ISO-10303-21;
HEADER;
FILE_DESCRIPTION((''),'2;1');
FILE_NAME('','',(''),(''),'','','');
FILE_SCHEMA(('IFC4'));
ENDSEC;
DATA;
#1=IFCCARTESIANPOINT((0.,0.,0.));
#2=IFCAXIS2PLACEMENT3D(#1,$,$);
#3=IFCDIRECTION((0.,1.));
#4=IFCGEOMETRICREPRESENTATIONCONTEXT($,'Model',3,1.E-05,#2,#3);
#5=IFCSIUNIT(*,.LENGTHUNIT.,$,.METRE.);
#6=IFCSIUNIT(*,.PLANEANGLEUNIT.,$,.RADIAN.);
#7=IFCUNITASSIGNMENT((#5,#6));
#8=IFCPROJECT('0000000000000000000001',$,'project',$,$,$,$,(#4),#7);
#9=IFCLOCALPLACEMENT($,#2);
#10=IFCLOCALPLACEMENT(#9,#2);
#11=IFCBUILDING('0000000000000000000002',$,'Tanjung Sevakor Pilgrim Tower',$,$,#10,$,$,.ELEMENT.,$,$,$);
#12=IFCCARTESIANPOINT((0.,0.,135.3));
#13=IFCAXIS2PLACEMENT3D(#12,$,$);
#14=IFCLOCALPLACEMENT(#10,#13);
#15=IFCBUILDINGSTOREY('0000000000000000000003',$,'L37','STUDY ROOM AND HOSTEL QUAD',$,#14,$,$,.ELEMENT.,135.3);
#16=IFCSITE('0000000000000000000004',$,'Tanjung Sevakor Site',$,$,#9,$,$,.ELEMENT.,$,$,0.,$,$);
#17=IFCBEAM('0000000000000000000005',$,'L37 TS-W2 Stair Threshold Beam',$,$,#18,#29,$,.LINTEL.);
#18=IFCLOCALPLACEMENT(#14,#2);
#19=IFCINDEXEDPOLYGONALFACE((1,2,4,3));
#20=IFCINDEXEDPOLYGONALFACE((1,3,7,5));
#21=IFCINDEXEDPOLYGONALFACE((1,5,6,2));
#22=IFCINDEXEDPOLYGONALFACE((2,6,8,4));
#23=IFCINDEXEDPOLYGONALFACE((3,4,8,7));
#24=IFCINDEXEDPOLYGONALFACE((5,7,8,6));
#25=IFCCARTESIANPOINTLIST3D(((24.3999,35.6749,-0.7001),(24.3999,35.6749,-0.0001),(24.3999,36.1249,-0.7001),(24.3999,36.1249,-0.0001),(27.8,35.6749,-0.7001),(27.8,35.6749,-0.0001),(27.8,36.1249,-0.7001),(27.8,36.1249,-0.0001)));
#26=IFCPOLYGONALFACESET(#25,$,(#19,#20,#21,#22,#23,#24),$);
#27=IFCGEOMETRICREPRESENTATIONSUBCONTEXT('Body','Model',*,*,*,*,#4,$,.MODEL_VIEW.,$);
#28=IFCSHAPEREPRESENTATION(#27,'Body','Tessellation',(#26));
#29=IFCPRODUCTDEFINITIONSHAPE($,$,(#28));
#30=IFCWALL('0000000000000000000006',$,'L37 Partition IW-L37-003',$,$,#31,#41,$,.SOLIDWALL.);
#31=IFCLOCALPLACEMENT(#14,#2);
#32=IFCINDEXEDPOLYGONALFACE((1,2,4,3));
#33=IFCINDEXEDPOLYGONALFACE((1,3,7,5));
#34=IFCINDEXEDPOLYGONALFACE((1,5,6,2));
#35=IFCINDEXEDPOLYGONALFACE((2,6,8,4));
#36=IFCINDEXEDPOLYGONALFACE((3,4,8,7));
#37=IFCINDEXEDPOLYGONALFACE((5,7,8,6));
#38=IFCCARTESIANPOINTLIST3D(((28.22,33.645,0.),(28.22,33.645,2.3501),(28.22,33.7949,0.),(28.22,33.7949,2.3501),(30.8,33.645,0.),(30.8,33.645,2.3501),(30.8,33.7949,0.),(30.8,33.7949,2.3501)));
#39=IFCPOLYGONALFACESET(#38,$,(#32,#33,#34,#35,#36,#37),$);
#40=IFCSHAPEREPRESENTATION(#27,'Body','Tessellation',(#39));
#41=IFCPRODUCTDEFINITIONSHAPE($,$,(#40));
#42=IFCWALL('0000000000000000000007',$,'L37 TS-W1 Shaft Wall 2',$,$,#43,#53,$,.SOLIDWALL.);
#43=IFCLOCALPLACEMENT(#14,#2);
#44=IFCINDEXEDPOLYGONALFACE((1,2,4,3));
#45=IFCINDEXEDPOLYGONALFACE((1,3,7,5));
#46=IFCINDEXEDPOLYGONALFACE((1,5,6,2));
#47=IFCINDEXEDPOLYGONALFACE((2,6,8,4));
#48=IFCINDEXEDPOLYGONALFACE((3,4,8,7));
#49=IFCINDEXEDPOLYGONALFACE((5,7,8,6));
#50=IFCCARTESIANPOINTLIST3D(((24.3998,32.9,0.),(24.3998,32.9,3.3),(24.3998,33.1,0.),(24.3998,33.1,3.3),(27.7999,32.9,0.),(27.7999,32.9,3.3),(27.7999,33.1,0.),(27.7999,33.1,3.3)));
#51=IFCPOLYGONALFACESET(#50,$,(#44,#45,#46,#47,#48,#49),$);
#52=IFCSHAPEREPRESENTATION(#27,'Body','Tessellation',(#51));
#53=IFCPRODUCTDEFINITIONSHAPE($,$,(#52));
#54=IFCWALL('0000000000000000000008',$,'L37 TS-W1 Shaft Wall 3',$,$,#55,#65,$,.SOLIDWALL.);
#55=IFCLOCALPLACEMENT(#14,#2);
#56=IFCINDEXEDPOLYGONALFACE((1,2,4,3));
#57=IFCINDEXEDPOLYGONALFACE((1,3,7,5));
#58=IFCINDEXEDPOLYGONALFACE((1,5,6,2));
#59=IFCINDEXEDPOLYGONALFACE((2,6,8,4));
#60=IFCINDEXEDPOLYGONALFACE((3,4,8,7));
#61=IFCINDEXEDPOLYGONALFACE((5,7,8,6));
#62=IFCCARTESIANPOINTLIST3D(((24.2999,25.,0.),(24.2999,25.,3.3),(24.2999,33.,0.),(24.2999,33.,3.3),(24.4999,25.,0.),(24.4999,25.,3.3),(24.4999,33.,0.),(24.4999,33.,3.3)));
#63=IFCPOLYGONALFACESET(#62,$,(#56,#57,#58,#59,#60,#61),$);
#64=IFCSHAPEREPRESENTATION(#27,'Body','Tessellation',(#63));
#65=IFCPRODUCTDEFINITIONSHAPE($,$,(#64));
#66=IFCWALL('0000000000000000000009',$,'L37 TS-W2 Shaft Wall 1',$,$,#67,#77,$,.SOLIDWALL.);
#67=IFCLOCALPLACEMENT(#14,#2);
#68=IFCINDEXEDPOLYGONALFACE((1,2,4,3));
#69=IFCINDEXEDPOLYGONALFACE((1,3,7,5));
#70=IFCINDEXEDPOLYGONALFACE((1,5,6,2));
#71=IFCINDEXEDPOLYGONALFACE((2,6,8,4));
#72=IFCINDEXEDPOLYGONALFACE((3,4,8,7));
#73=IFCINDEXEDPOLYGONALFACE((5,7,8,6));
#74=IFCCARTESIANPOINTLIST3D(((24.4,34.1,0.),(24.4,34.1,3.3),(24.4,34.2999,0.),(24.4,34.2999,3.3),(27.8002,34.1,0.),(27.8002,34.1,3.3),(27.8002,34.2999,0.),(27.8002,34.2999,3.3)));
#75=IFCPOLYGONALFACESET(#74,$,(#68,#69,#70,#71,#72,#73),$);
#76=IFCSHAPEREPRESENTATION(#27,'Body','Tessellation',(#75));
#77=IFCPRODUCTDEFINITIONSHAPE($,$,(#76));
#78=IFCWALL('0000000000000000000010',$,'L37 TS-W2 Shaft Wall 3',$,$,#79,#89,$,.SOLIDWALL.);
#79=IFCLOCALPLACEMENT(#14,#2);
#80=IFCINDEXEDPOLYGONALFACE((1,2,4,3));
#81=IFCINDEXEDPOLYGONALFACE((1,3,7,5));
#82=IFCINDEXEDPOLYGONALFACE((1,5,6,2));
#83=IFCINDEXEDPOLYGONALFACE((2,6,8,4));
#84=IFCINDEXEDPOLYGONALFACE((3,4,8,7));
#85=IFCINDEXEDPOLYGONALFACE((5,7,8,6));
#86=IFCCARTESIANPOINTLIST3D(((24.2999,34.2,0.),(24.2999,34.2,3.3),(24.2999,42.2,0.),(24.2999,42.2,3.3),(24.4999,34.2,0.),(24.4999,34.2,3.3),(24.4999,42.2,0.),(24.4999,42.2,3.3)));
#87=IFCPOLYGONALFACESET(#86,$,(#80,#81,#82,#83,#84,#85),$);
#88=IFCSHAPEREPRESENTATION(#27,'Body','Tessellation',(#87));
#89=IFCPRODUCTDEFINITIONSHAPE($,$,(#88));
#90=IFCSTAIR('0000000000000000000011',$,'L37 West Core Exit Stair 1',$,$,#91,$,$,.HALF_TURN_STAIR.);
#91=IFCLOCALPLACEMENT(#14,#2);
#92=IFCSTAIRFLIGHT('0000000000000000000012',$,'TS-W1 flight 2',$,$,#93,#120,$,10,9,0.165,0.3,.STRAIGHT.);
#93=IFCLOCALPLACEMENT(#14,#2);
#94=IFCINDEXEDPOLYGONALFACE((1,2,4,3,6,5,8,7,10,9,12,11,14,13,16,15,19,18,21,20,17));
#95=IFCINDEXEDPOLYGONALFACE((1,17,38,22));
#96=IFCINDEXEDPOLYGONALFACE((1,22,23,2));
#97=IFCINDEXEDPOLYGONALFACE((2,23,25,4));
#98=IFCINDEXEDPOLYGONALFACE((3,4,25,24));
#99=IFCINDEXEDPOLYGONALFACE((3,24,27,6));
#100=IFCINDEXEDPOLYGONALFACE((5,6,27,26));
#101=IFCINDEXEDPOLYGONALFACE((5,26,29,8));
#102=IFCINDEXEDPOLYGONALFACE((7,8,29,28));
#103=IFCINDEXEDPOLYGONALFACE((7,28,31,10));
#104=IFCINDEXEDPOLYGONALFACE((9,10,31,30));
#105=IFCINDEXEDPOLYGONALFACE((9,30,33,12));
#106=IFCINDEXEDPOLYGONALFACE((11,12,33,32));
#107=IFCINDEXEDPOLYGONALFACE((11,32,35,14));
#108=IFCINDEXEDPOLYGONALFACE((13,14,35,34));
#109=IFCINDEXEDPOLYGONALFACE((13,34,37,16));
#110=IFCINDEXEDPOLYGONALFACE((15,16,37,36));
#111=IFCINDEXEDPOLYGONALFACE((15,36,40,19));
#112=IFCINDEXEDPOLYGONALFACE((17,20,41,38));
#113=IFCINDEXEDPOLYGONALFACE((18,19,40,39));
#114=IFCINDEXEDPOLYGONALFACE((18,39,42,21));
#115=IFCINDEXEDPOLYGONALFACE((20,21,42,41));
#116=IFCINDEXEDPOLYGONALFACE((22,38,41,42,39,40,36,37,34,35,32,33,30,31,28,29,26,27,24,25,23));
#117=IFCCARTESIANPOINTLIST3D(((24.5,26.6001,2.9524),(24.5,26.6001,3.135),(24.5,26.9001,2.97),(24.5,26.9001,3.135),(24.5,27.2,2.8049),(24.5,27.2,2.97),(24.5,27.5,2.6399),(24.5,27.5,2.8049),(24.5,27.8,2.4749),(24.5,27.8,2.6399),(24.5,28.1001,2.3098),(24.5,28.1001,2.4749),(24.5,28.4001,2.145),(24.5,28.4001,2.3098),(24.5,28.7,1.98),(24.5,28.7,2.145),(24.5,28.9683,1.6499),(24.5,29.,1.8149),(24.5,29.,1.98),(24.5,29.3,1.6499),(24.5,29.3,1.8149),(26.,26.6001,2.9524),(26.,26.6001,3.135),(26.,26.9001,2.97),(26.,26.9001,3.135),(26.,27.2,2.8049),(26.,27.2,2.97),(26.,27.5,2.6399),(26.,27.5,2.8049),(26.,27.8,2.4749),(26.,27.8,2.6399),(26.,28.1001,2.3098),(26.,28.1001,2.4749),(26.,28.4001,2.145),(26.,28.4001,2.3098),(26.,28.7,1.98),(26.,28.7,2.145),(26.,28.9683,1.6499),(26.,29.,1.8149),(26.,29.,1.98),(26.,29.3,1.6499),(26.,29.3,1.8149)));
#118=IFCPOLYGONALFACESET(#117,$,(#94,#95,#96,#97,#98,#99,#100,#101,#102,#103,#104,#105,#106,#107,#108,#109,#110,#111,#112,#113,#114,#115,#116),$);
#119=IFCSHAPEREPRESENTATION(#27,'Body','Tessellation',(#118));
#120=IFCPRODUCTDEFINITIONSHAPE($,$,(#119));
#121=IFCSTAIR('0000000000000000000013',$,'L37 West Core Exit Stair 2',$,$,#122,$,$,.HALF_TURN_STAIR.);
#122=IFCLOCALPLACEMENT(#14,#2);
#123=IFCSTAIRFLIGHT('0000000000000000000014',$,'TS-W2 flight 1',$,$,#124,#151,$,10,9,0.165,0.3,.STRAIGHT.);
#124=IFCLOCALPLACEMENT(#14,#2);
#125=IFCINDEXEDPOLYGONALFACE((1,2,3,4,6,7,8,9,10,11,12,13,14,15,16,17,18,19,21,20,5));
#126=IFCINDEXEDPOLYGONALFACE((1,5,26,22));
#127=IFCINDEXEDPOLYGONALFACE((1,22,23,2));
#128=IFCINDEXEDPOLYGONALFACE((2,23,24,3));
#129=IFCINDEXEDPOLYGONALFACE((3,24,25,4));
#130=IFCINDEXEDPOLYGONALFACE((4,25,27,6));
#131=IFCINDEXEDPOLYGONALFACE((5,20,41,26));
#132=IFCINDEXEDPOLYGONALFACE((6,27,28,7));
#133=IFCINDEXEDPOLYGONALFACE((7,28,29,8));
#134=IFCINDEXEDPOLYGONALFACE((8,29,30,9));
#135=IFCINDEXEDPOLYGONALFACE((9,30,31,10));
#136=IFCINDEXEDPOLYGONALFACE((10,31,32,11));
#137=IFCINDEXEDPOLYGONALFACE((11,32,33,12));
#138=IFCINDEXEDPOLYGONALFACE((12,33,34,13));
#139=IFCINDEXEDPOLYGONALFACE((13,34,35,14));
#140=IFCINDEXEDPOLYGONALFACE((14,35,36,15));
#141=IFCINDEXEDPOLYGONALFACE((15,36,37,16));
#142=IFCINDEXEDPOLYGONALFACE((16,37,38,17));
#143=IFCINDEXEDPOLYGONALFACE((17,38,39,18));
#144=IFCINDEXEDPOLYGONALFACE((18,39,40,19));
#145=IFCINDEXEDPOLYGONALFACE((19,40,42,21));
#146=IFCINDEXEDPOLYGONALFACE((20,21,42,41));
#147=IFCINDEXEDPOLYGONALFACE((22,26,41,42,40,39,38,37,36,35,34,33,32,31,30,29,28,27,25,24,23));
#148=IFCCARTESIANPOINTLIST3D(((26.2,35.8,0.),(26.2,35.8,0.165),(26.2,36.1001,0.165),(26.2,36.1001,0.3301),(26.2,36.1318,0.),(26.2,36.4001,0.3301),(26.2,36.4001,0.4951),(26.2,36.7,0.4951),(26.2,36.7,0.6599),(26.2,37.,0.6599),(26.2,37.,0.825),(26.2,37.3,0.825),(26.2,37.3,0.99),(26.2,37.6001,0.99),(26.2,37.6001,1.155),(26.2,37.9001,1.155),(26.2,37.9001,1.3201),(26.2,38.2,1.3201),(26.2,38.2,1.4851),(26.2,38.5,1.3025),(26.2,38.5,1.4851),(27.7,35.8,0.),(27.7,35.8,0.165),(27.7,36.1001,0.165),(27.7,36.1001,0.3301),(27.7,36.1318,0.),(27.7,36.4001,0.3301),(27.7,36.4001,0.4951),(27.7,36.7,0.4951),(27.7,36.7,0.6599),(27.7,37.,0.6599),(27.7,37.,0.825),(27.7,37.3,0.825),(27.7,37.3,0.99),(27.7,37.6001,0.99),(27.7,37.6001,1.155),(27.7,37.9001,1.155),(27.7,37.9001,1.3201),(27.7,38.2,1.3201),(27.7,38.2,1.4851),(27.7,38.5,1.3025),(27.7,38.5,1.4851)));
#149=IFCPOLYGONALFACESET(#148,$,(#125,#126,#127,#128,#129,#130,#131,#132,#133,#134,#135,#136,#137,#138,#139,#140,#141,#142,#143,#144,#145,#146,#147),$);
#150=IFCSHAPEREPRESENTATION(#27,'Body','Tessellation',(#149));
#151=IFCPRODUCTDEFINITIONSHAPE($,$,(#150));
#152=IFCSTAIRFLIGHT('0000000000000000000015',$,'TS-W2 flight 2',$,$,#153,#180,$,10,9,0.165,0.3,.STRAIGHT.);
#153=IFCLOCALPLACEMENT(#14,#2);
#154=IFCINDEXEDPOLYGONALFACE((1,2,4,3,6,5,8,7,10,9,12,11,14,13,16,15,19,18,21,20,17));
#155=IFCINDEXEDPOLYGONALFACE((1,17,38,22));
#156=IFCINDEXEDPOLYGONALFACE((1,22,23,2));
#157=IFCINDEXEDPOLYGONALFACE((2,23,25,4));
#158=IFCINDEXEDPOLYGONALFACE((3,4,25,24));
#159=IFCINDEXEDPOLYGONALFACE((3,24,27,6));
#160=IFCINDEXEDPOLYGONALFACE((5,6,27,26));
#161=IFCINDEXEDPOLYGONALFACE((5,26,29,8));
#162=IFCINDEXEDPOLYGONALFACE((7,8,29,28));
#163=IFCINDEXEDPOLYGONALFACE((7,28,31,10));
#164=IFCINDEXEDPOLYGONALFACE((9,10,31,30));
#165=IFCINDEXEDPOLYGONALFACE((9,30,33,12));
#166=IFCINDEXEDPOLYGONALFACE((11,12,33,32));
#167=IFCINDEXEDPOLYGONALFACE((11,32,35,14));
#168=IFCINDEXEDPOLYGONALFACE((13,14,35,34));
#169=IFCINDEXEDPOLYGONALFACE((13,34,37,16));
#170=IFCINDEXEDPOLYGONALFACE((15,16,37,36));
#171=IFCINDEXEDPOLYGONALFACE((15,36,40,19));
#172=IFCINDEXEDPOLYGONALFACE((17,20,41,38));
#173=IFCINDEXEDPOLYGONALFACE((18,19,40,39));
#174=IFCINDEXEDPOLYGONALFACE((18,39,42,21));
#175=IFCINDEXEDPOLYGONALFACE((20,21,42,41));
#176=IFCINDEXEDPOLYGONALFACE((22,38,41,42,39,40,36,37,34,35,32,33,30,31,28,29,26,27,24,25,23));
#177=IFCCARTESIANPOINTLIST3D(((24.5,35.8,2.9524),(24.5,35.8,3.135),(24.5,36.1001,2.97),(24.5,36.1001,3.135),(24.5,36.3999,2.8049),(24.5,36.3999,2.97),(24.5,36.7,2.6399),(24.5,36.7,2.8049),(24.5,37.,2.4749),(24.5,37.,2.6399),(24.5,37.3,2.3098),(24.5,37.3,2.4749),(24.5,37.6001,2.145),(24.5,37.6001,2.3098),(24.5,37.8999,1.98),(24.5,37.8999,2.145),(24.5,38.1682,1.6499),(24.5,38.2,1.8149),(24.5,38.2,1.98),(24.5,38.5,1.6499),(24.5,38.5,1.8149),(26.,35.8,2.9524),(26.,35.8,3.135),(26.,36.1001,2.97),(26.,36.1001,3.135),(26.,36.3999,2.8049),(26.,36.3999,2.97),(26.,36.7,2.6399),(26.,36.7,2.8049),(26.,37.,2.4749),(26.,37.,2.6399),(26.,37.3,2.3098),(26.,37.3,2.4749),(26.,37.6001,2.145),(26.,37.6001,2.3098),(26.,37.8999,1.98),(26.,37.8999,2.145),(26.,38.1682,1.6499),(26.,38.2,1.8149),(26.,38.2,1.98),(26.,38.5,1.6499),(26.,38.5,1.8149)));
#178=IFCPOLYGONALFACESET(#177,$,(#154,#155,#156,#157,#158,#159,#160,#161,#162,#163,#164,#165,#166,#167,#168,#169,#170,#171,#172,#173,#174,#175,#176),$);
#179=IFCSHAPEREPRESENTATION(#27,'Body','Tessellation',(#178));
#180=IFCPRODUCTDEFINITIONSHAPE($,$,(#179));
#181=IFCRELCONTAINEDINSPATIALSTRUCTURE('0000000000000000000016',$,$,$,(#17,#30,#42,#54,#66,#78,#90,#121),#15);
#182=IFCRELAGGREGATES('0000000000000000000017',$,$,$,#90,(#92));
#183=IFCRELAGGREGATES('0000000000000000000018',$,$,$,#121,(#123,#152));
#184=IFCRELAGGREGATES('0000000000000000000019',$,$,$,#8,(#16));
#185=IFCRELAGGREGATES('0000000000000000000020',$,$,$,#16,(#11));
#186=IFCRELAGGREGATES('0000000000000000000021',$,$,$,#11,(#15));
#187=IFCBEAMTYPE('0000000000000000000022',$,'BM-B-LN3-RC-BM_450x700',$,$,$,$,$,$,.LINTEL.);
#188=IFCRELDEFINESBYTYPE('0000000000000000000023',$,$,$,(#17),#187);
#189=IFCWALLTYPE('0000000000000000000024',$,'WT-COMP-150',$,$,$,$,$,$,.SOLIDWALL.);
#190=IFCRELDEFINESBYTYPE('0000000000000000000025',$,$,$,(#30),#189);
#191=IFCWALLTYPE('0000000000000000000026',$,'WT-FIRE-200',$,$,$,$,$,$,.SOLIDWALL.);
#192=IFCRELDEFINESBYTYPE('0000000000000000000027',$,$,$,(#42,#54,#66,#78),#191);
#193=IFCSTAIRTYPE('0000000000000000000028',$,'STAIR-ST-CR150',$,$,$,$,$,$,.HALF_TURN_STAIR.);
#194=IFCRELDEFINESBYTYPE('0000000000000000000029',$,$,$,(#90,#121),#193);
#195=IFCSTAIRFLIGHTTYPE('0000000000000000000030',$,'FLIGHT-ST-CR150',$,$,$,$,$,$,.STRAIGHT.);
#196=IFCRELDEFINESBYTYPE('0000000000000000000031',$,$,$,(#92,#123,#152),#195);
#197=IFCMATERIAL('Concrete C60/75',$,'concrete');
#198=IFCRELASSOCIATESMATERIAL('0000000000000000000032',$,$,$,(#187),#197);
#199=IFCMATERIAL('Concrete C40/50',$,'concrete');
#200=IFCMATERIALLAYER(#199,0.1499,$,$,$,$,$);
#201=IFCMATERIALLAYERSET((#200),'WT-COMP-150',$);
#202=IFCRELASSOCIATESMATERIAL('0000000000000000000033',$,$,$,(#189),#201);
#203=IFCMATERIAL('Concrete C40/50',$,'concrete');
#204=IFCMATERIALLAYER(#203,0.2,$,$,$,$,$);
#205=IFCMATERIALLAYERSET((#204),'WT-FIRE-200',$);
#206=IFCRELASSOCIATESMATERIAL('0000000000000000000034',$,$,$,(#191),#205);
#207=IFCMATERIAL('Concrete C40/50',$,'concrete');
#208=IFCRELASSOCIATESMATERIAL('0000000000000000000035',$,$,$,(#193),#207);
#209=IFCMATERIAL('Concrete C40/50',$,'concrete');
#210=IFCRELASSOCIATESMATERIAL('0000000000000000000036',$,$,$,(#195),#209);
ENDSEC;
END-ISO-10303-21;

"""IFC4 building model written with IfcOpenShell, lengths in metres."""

from ifc_helpers import new_model, si_unit, direction, frame, frame_2d, origin, origin_2d, place, context, subcontext, project, spatial, polyline, rectangle, outline, extrude, material, layer, layer_set, material_profile, profile_set, type_object, element, aggregate, save


model = new_model("IFC4")

# Units and contexts
model_context = context("Model", 3, precision=1e-05, world=origin(), true_north=direction((0.0, 1.0)))
body_context = subcontext(model_context, "Body", "Model", "MODEL_VIEW")
ifc_project = project(units=[si_unit("LENGTHUNIT", "METRE"), si_unit("PLANEANGLEUNIT", "RADIAN")], contexts=[model_context])

# Site, building, storey
site_placement = place(None, origin())
site = spatial("IfcSite", under=ifc_project, at=site_placement, Name="Tanjung Sevakor Site", CompositionType="ELEMENT", RefElevation=0.0)
building_placement = place(site_placement, origin())
building = spatial("IfcBuilding", under=site, at=building_placement, Name="Tanjung Sevakor Pilgrim Tower", CompositionType="ELEMENT")
storey_placement = place(building_placement, frame((0.0, 0.0, 135.3)))
storey = spatial("IfcBuildingStorey", under=building, at=storey_placement, Name="L37", Description="STUDY ROOM AND HOSTEL QUAD", CompositionType="ELEMENT", Elevation=135.3)

# Beam
ifc_material_1 = material(Name="Concrete C60/75", Category="concrete")
ifc_material_profile = material_profile(ifc_material_1, rectangle(XDim=0.45, YDim=0.7, at=origin_2d()))
ifc_profile_set = profile_set([ifc_material_profile], Name="Concrete C60/75")
beam_type = type_object("IfcBeamType", Name="BM-B-LN3-RC-BM_450x700", PredefinedType="LINTEL", material=ifc_profile_set)
beam_placement = place(storey_placement, frame((24.3999, 35.8999, -0.3501), z_axis=(1.0, 0.0, 0.0), x_axis=(0.0, 1.0, 0.0)))
element("IfcBeam", 1, at=beam_placement, inside=storey, type_object=beam_type, Name="L37 TS-W2 Stair Threshold Beam", PredefinedType="LINTEL", context=body_context, shape_type="SweptSolid", body=[
    extrude(rectangle(XDim=0.45, YDim=0.7, at=origin_2d()), origin(), (0.0, 0.0, 1.0), 3.4001),
])

# Wall
ifc_material_2 = material(Name="Concrete C40/50", Category="concrete")
ifc_layer_1 = layer(ifc_material_2, 0.1499)
ifc_layer_set_1 = layer_set([ifc_layer_1], Name="WT-COMP-150")
wall_type_1 = type_object("IfcWallType", Name="WT-COMP-150", PredefinedType="SOLIDWALL", material=ifc_layer_set_1)
wall_1_placement = place(storey_placement, frame((28.22, 33.72, 0.0), z_axis=(0.0, 0.0, 1.0), x_axis=(1.0, 0.0, 0.0)))
element("IfcWall", 2, at=wall_1_placement, inside=storey, type_object=wall_type_1, Name="L37 Partition IW-L37-003", PredefinedType="SOLIDWALL", context=body_context, shape_type="SweptSolid", body=[
    extrude(rectangle(XDim=2.5801, YDim=0.1499, at=frame_2d((1.29, 0.0))), origin(), (0.0, 0.0, 1.0), 2.3501),
])

# Walls
ifc_material_3 = material(Name="Concrete C40/50", Category="concrete")
ifc_layer_2 = layer(ifc_material_3, 0.2)
ifc_layer_set_2 = layer_set([ifc_layer_2], Name="WT-FIRE-200")
wall_type_2 = type_object("IfcWallType", Name="WT-FIRE-200", PredefinedType="SOLIDWALL", material=ifc_layer_set_2)
wall_2_placement = place(storey_placement, frame((27.8, 33.0, 0.0), z_axis=(0.0, 0.0, 1.0), x_axis=(-1.0, 0.0, 0.0)))
element("IfcWall", 3, at=wall_2_placement, inside=storey, type_object=wall_type_2, Name="L37 TS-W1 Shaft Wall 2", PredefinedType="SOLIDWALL", context=body_context, shape_type="SweptSolid", body=[
    extrude(rectangle(XDim=3.4001, YDim=0.2, at=frame_2d((1.7002, 0.0))), origin(), (0.0, 0.0, 1.0), 3.3),
])
wall_3_placement = place(storey_placement, frame((24.3999, 33.0, 0.0), z_axis=(0.0, 0.0, 1.0), x_axis=(0.0, -1.0, 0.0)))
element("IfcWall", 4, at=wall_3_placement, inside=storey, type_object=wall_type_2, Name="L37 TS-W1 Shaft Wall 3", PredefinedType="SOLIDWALL", context=body_context, shape_type="SweptSolid", body=[
    extrude(rectangle(XDim=8.0, YDim=0.2, at=frame_2d((4.0, 0.0))), origin(), (0.0, 0.0, 1.0), 3.3),
])
wall_4_placement = place(storey_placement, frame((24.3999, 34.2, 0.0), z_axis=(0.0, 0.0, 1.0), x_axis=(1.0, 0.0, 0.0)))
element("IfcWall", 5, at=wall_4_placement, inside=storey, type_object=wall_type_2, Name="L37 TS-W2 Shaft Wall 1", PredefinedType="SOLIDWALL", context=body_context, shape_type="SweptSolid", body=[
    extrude(rectangle(XDim=3.4001, YDim=0.2, at=frame_2d((1.7002, 0.0))), origin(), (0.0, 0.0, 1.0), 3.3),
])
wall_5_placement = place(storey_placement, frame((24.3999, 42.2, 0.0), z_axis=(0.0, 0.0, 1.0), x_axis=(0.0, -1.0, 0.0)))
element("IfcWall", 6, at=wall_5_placement, inside=storey, type_object=wall_type_2, Name="L37 TS-W2 Shaft Wall 3", PredefinedType="SOLIDWALL", context=body_context, shape_type="SweptSolid", body=[
    extrude(rectangle(XDim=8.0, YDim=0.2, at=frame_2d((4.0, 0.0))), origin(), (0.0, 0.0, 1.0), 3.3),
])

# Stair, stair flight
ifc_material_4 = material(Name="Concrete C40/50", Category="concrete")
stair_type = type_object("IfcStairType", Name="STAIR-ST-CR150", PredefinedType="HALF_TURN_STAIR", material=ifc_material_4)
stair_1_placement = place(storey_placement, origin())
stair_1 = element("IfcStair", 7, at=stair_1_placement, inside=storey, type_object=stair_type, Name="L37 West Core Exit Stair 1", PredefinedType="HALF_TURN_STAIR")
ifc_material_5 = material(Name="Concrete C40/50", Category="concrete")
stair_flight_type = type_object("IfcStairFlightType", Name="FLIGHT-ST-CR150", PredefinedType="STRAIGHT", material=ifc_material_5)
stair_flight_1_placement = place(storey_placement, frame((25.25, 29.3, 1.6499), z_axis=(0.0, 0.0, 1.0), x_axis=(0.0, -1.0, 0.0)))
stair_flight_1 = element("IfcStairFlight", 8, at=stair_flight_1_placement, type_object=stair_flight_type, Name="TS-W1 flight 2", NumberOfRisers=10, NumberOfTreads=9, PredefinedType="STRAIGHT", RiserHeight=0.165, TreadLength=0.3, context=body_context, shape_type="SweptSolid", body=[
    extrude(outline(polyline([(0.0, 0.0), (0.0, 0.165), (0.3, 0.165), (0.3, 0.3301), (0.6001, 0.3301), (0.6001, 0.4951), (0.8999, 0.4951), (0.8999, 0.6599), (1.2, 0.6599), (1.2, 0.825), (1.5, 0.825), (1.5, 0.99), (1.8, 0.99), (1.8, 1.155), (2.1001, 1.155), (2.1001, 1.3201), (2.3999, 1.3201), (2.3999, 1.4851), (2.7, 1.4851), (2.7, 1.6499), (2.7, 1.3025), (0.3318, 0.0), (0.0, 0.0)])), frame((0.0, 0.75, 0.0), z_axis=(0.0, -1.0, 0.0), x_axis=(1.0, 0.0, 0.0)), (0.0, 0.0, 1.0), 1.5),
])
aggregate(stair_1, [stair_flight_1])

# Stair, stair flights
stair_2_placement = place(storey_placement, origin())
stair_2 = element("IfcStair", 9, at=stair_2_placement, inside=storey, type_object=stair_type, Name="L37 West Core Exit Stair 2", PredefinedType="HALF_TURN_STAIR")
stair_flight_2_placement = place(storey_placement, frame((26.95, 35.8, 0.0), z_axis=(0.0, 0.0, 1.0), x_axis=(0.0, 1.0, 0.0)))
stair_flight_2 = element("IfcStairFlight", 10, at=stair_flight_2_placement, type_object=stair_flight_type, Name="TS-W2 flight 1", NumberOfRisers=10, NumberOfTreads=9, PredefinedType="STRAIGHT", RiserHeight=0.165, TreadLength=0.3, context=body_context, shape_type="SweptSolid", body=[
    extrude(outline(polyline([(0.0, 0.0), (0.0, 0.165), (0.3, 0.165), (0.3, 0.3301), (0.6001, 0.3301), (0.6001, 0.4951), (0.8999, 0.4951), (0.8999, 0.6599), (1.2, 0.6599), (1.2, 0.825), (1.5, 0.825), (1.5, 0.99), (1.8, 0.99), (1.8, 1.155), (2.1001, 1.155), (2.1001, 1.3201), (2.3999, 1.3201), (2.3999, 1.4851), (2.7, 1.4851), (2.7, 1.6499), (2.7, 1.3025), (0.3318, 0.0), (0.0, 0.0)])), frame((0.0, 0.75, 0.0), z_axis=(0.0, -1.0, 0.0), x_axis=(1.0, 0.0, 0.0)), (0.0, 0.0, 1.0), 1.5),
])
stair_flight_3_placement = place(storey_placement, frame((25.25, 38.5, 1.6499), z_axis=(0.0, 0.0, 1.0), x_axis=(0.0, -1.0, 0.0)))
stair_flight_3 = element("IfcStairFlight", 11, at=stair_flight_3_placement, type_object=stair_flight_type, Name="TS-W2 flight 2", NumberOfRisers=10, NumberOfTreads=9, PredefinedType="STRAIGHT", RiserHeight=0.165, TreadLength=0.3, context=body_context, shape_type="SweptSolid", body=[
    extrude(outline(polyline([(0.0, 0.0), (0.0, 0.165), (0.3, 0.165), (0.3, 0.3301), (0.6001, 0.3301), (0.6001, 0.4951), (0.8999, 0.4951), (0.8999, 0.6599), (1.2, 0.6599), (1.2, 0.825), (1.5, 0.825), (1.5, 0.99), (1.8, 0.99), (1.8, 1.155), (2.1001, 1.155), (2.1001, 1.3201), (2.3999, 1.3201), (2.3999, 1.4851), (2.7, 1.4851), (2.7, 1.6499), (2.7, 1.3025), (0.3318, 0.0), (0.0, 0.0)])), frame((0.0, 0.75, 0.0), z_axis=(0.0, -1.0, 0.0), x_axis=(1.0, 0.0, 0.0)), (0.0, 0.0, 1.0), 1.5),
])
aggregate(stair_2, [stair_flight_2, stair_flight_3])

save(model, "model.ifc")
